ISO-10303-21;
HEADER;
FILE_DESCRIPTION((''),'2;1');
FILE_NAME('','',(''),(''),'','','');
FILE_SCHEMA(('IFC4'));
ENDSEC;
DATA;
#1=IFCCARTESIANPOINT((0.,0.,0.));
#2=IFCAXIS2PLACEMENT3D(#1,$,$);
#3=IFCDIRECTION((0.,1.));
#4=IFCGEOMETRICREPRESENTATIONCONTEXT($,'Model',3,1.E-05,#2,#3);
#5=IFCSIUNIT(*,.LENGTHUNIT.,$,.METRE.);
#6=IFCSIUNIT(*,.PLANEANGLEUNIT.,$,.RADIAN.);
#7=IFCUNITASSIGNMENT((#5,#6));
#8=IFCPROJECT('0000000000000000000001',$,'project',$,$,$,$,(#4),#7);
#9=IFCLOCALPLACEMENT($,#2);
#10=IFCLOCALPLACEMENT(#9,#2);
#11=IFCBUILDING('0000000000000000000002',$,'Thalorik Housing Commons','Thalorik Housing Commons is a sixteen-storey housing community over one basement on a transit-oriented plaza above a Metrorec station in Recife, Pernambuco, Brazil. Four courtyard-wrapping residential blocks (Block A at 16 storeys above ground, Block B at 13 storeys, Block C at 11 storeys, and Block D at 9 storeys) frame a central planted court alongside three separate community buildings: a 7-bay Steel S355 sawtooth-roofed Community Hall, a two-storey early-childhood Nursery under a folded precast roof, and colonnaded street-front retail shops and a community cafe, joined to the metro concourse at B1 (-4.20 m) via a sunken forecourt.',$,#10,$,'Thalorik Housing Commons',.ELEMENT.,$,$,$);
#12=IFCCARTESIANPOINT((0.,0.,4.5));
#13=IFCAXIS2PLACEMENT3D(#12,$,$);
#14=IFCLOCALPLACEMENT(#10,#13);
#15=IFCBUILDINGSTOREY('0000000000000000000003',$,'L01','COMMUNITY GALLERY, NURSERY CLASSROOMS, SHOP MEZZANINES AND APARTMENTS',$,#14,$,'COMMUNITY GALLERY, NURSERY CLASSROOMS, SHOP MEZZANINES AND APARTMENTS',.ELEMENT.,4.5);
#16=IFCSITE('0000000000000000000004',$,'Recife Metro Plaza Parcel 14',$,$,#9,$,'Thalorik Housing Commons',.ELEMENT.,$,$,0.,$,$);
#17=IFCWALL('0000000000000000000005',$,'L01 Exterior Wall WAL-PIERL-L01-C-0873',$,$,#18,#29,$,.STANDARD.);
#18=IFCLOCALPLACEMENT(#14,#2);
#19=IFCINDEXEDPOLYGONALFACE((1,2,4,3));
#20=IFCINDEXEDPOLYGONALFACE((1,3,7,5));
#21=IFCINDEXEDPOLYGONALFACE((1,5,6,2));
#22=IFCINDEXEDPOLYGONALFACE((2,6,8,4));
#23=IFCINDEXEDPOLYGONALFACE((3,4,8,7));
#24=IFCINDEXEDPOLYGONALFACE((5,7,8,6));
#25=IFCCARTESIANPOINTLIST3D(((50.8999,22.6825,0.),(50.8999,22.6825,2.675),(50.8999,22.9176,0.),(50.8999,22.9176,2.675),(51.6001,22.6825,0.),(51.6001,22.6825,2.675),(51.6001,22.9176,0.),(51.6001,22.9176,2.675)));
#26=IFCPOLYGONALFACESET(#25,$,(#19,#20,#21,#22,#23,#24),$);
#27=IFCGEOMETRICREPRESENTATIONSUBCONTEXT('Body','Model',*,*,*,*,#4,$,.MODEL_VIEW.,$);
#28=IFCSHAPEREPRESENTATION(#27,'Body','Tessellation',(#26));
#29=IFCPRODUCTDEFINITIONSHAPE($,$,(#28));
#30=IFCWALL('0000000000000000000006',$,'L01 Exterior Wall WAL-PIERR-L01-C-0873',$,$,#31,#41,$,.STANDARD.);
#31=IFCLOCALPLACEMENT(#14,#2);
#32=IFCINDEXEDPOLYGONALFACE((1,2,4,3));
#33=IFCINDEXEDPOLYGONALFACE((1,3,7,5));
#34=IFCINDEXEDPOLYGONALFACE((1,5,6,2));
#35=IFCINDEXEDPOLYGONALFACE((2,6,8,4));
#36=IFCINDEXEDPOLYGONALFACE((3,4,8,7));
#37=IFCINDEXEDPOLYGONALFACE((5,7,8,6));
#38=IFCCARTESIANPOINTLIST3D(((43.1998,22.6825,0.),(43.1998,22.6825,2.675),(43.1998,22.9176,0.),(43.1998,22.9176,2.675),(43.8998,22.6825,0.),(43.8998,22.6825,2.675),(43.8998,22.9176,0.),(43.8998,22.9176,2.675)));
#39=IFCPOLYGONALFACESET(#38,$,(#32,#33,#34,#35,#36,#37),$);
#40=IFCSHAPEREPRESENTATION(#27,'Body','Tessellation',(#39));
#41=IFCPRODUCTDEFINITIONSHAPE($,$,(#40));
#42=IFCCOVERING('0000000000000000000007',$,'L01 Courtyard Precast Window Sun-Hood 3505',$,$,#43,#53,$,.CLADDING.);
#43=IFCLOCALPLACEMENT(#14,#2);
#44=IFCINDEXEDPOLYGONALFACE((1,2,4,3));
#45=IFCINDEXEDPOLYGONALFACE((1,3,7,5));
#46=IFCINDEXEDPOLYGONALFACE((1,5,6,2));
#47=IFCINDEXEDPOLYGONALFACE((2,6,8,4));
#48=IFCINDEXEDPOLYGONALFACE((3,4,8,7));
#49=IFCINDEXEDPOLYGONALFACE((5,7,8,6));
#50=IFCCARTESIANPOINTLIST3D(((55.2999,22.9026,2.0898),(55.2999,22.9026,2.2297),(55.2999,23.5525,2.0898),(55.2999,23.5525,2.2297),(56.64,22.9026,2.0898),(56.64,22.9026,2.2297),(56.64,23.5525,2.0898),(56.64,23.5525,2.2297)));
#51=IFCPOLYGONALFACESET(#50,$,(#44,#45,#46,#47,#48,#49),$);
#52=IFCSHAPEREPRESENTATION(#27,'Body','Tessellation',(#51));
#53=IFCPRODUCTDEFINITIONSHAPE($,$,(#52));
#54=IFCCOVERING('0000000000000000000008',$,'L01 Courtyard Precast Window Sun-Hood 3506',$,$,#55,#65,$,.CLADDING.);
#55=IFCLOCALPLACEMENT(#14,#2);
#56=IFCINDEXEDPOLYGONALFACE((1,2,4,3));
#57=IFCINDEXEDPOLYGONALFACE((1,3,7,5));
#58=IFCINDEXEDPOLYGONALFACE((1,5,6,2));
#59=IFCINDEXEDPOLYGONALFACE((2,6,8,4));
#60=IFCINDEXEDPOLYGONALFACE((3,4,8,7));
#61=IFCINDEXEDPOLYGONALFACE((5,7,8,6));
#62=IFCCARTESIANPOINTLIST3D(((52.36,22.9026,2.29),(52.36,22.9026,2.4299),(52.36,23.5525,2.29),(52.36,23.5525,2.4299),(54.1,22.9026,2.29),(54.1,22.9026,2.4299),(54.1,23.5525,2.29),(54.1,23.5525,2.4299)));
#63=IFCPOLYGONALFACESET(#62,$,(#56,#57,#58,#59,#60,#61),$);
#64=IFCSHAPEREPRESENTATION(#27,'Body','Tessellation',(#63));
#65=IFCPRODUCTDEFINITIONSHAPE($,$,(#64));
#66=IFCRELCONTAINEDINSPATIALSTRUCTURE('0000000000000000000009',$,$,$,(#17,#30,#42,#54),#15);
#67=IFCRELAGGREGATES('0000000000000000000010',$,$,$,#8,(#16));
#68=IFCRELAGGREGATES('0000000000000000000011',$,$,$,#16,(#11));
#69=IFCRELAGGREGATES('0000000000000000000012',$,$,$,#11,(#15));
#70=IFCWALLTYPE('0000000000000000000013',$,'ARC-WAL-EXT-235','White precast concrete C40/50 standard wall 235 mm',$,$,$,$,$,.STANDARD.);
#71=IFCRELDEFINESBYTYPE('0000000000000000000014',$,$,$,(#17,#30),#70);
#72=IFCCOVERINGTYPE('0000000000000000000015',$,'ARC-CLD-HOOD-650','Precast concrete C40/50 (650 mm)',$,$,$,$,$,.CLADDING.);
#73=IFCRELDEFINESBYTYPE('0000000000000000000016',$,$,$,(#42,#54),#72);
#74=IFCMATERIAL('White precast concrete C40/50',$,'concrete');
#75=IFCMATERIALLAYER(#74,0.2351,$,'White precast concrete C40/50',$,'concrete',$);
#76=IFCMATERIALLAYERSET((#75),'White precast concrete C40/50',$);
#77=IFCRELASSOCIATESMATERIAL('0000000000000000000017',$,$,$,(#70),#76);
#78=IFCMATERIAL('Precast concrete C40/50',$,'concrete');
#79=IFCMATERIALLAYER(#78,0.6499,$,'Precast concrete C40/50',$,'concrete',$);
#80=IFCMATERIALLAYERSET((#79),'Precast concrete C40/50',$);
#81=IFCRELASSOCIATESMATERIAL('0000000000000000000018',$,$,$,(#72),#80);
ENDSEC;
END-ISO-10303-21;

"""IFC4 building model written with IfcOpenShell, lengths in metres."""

from ifc_helpers import new_model, si_unit, direction, frame, frame_2d, origin, origin_2d, place, context, subcontext, project, spatial, rectangle, extrude, material, layer, layer_set, type_object, element, save


model = new_model("IFC4")

# Units and contexts
model_context = context("Model", 3, precision=1e-05, world=origin(), true_north=direction((0.0, 1.0)))
body_context = subcontext(model_context, "Body", "Model", "MODEL_VIEW")
ifc_project = project(units=[si_unit("LENGTHUNIT", "METRE"), si_unit("PLANEANGLEUNIT", "RADIAN")], contexts=[model_context])

# Site, building, storey
site_placement = place(None, origin())
site = spatial("IfcSite", under=ifc_project, at=site_placement, Name="Recife Metro Plaza Parcel 14", LongName="Thalorik Housing Commons", CompositionType="ELEMENT", RefElevation=0.0)
building_placement = place(site_placement, origin())
building = spatial("IfcBuilding", under=site, at=building_placement, Name="Thalorik Housing Commons", Description="Thalorik Housing Commons is a sixteen-storey housing community over one basement on a transit-oriented plaza above a Metrorec station in Recife, Pernambuco, Brazil. Four courtyard-wrapping residential blocks (Block A at 16 storeys above ground, Block B at 13 storeys, Block C at 11 storeys, and Block D at 9 storeys) frame a central planted court alongside three separate community buildings: a 7-bay Steel S355 sawtooth-roofed Community Hall, a two-storey early-childhood Nursery under a folded precast roof, and colonnaded street-front retail shops and a community cafe, joined to the metro concourse at B1 (-4.20 m) via a sunken forecourt.", LongName="Thalorik Housing Commons", CompositionType="ELEMENT")
storey_placement = place(building_placement, frame((0.0, 0.0, 4.5)))
storey = spatial("IfcBuildingStorey", under=building, at=storey_placement, Name="L01", Description="COMMUNITY GALLERY, NURSERY CLASSROOMS, SHOP MEZZANINES AND APARTMENTS", LongName="COMMUNITY GALLERY, NURSERY CLASSROOMS, SHOP MEZZANINES AND APARTMENTS", CompositionType="ELEMENT", Elevation=4.5)

# Shared definitions
ifc_material_1 = material(Name="Precast concrete C40/50", Category="concrete")

# Walls
ifc_material_2 = material(Name="White precast concrete C40/50", Category="concrete")
ifc_layer_1 = layer(ifc_material_2, 0.2351, Name="White precast concrete C40/50", Category="concrete")
ifc_layer_set_1 = layer_set([ifc_layer_1], Name="White precast concrete C40/50")
wall_type = type_object("IfcWallType", Name="ARC-WAL-EXT-235", Description="White precast concrete C40/50 standard wall 235 mm", PredefinedType="STANDARD", material=ifc_layer_set_1)
wall_1_placement = place(storey_placement, frame((51.6001, 22.8, 0.0), z_axis=(0.0, 0.0, 1.0), x_axis=(-1.0, 0.0, 0.0)))
element("IfcWall", 1, at=wall_1_placement, inside=storey, type_object=wall_type, Name="L01 Exterior Wall WAL-PIERL-L01-C-0873", PredefinedType="STANDARD", context=body_context, shape_type="SweptSolid", body=[
    extrude(rectangle(XDim=0.7002, YDim=0.2351, at=frame_2d((0.3501, 0.0))), origin(), (0.0, 0.0, 1.0), 2.675),
])
wall_2_placement = place(storey_placement, frame((43.8999, 22.8, 0.0), z_axis=(0.0, 0.0, 1.0), x_axis=(-1.0, 0.0, 0.0)))
element("IfcWall", 2, at=wall_2_placement, inside=storey, type_object=wall_type, Name="L01 Exterior Wall WAL-PIERR-L01-C-0873", PredefinedType="STANDARD", context=body_context, shape_type="SweptSolid", body=[
    extrude(rectangle(XDim=0.7, YDim=0.2351, at=frame_2d((0.3501, 0.0))), origin(), (0.0, 0.0, 1.0), 2.675),
])

# Coverings
ifc_layer_2 = layer(ifc_material_1, 0.6499, Name="Precast concrete C40/50", Category="concrete")
ifc_layer_set_2 = layer_set([ifc_layer_2], Name="Precast concrete C40/50")
covering_type = type_object("IfcCoveringType", Name="ARC-CLD-HOOD-650", Description="Precast concrete C40/50 (650 mm)", PredefinedType="CLADDING", material=ifc_layer_set_2)
covering_1_placement = place(storey_placement, frame((55.97, 23.2275, 2.0898), z_axis=(0.0, 0.0, 1.0), x_axis=(-1.0, 0.0, 0.0)))
element("IfcCovering", 3, at=covering_1_placement, inside=storey, type_object=covering_type, Name="L01 Courtyard Precast Window Sun-Hood 3505", PredefinedType="CLADDING", context=body_context, shape_type="SweptSolid", body=[
    extrude(rectangle(XDim=1.3401, YDim=0.6499, at=origin_2d()), origin(), (0.0, 0.0, 1.0), 0.1399),
])
covering_2_placement = place(storey_placement, frame((53.23, 23.2275, 2.29), z_axis=(0.0, 0.0, 1.0), x_axis=(-1.0, 0.0, 0.0)))
element("IfcCovering", 4, at=covering_2_placement, inside=storey, type_object=covering_type, Name="L01 Courtyard Precast Window Sun-Hood 3506", PredefinedType="CLADDING", context=body_context, shape_type="SweptSolid", body=[
    extrude(rectangle(XDim=1.74, YDim=0.6499, at=origin_2d()), origin(), (0.0, 0.0, 1.0), 0.1399),
])

save(model, "model.ifc")
